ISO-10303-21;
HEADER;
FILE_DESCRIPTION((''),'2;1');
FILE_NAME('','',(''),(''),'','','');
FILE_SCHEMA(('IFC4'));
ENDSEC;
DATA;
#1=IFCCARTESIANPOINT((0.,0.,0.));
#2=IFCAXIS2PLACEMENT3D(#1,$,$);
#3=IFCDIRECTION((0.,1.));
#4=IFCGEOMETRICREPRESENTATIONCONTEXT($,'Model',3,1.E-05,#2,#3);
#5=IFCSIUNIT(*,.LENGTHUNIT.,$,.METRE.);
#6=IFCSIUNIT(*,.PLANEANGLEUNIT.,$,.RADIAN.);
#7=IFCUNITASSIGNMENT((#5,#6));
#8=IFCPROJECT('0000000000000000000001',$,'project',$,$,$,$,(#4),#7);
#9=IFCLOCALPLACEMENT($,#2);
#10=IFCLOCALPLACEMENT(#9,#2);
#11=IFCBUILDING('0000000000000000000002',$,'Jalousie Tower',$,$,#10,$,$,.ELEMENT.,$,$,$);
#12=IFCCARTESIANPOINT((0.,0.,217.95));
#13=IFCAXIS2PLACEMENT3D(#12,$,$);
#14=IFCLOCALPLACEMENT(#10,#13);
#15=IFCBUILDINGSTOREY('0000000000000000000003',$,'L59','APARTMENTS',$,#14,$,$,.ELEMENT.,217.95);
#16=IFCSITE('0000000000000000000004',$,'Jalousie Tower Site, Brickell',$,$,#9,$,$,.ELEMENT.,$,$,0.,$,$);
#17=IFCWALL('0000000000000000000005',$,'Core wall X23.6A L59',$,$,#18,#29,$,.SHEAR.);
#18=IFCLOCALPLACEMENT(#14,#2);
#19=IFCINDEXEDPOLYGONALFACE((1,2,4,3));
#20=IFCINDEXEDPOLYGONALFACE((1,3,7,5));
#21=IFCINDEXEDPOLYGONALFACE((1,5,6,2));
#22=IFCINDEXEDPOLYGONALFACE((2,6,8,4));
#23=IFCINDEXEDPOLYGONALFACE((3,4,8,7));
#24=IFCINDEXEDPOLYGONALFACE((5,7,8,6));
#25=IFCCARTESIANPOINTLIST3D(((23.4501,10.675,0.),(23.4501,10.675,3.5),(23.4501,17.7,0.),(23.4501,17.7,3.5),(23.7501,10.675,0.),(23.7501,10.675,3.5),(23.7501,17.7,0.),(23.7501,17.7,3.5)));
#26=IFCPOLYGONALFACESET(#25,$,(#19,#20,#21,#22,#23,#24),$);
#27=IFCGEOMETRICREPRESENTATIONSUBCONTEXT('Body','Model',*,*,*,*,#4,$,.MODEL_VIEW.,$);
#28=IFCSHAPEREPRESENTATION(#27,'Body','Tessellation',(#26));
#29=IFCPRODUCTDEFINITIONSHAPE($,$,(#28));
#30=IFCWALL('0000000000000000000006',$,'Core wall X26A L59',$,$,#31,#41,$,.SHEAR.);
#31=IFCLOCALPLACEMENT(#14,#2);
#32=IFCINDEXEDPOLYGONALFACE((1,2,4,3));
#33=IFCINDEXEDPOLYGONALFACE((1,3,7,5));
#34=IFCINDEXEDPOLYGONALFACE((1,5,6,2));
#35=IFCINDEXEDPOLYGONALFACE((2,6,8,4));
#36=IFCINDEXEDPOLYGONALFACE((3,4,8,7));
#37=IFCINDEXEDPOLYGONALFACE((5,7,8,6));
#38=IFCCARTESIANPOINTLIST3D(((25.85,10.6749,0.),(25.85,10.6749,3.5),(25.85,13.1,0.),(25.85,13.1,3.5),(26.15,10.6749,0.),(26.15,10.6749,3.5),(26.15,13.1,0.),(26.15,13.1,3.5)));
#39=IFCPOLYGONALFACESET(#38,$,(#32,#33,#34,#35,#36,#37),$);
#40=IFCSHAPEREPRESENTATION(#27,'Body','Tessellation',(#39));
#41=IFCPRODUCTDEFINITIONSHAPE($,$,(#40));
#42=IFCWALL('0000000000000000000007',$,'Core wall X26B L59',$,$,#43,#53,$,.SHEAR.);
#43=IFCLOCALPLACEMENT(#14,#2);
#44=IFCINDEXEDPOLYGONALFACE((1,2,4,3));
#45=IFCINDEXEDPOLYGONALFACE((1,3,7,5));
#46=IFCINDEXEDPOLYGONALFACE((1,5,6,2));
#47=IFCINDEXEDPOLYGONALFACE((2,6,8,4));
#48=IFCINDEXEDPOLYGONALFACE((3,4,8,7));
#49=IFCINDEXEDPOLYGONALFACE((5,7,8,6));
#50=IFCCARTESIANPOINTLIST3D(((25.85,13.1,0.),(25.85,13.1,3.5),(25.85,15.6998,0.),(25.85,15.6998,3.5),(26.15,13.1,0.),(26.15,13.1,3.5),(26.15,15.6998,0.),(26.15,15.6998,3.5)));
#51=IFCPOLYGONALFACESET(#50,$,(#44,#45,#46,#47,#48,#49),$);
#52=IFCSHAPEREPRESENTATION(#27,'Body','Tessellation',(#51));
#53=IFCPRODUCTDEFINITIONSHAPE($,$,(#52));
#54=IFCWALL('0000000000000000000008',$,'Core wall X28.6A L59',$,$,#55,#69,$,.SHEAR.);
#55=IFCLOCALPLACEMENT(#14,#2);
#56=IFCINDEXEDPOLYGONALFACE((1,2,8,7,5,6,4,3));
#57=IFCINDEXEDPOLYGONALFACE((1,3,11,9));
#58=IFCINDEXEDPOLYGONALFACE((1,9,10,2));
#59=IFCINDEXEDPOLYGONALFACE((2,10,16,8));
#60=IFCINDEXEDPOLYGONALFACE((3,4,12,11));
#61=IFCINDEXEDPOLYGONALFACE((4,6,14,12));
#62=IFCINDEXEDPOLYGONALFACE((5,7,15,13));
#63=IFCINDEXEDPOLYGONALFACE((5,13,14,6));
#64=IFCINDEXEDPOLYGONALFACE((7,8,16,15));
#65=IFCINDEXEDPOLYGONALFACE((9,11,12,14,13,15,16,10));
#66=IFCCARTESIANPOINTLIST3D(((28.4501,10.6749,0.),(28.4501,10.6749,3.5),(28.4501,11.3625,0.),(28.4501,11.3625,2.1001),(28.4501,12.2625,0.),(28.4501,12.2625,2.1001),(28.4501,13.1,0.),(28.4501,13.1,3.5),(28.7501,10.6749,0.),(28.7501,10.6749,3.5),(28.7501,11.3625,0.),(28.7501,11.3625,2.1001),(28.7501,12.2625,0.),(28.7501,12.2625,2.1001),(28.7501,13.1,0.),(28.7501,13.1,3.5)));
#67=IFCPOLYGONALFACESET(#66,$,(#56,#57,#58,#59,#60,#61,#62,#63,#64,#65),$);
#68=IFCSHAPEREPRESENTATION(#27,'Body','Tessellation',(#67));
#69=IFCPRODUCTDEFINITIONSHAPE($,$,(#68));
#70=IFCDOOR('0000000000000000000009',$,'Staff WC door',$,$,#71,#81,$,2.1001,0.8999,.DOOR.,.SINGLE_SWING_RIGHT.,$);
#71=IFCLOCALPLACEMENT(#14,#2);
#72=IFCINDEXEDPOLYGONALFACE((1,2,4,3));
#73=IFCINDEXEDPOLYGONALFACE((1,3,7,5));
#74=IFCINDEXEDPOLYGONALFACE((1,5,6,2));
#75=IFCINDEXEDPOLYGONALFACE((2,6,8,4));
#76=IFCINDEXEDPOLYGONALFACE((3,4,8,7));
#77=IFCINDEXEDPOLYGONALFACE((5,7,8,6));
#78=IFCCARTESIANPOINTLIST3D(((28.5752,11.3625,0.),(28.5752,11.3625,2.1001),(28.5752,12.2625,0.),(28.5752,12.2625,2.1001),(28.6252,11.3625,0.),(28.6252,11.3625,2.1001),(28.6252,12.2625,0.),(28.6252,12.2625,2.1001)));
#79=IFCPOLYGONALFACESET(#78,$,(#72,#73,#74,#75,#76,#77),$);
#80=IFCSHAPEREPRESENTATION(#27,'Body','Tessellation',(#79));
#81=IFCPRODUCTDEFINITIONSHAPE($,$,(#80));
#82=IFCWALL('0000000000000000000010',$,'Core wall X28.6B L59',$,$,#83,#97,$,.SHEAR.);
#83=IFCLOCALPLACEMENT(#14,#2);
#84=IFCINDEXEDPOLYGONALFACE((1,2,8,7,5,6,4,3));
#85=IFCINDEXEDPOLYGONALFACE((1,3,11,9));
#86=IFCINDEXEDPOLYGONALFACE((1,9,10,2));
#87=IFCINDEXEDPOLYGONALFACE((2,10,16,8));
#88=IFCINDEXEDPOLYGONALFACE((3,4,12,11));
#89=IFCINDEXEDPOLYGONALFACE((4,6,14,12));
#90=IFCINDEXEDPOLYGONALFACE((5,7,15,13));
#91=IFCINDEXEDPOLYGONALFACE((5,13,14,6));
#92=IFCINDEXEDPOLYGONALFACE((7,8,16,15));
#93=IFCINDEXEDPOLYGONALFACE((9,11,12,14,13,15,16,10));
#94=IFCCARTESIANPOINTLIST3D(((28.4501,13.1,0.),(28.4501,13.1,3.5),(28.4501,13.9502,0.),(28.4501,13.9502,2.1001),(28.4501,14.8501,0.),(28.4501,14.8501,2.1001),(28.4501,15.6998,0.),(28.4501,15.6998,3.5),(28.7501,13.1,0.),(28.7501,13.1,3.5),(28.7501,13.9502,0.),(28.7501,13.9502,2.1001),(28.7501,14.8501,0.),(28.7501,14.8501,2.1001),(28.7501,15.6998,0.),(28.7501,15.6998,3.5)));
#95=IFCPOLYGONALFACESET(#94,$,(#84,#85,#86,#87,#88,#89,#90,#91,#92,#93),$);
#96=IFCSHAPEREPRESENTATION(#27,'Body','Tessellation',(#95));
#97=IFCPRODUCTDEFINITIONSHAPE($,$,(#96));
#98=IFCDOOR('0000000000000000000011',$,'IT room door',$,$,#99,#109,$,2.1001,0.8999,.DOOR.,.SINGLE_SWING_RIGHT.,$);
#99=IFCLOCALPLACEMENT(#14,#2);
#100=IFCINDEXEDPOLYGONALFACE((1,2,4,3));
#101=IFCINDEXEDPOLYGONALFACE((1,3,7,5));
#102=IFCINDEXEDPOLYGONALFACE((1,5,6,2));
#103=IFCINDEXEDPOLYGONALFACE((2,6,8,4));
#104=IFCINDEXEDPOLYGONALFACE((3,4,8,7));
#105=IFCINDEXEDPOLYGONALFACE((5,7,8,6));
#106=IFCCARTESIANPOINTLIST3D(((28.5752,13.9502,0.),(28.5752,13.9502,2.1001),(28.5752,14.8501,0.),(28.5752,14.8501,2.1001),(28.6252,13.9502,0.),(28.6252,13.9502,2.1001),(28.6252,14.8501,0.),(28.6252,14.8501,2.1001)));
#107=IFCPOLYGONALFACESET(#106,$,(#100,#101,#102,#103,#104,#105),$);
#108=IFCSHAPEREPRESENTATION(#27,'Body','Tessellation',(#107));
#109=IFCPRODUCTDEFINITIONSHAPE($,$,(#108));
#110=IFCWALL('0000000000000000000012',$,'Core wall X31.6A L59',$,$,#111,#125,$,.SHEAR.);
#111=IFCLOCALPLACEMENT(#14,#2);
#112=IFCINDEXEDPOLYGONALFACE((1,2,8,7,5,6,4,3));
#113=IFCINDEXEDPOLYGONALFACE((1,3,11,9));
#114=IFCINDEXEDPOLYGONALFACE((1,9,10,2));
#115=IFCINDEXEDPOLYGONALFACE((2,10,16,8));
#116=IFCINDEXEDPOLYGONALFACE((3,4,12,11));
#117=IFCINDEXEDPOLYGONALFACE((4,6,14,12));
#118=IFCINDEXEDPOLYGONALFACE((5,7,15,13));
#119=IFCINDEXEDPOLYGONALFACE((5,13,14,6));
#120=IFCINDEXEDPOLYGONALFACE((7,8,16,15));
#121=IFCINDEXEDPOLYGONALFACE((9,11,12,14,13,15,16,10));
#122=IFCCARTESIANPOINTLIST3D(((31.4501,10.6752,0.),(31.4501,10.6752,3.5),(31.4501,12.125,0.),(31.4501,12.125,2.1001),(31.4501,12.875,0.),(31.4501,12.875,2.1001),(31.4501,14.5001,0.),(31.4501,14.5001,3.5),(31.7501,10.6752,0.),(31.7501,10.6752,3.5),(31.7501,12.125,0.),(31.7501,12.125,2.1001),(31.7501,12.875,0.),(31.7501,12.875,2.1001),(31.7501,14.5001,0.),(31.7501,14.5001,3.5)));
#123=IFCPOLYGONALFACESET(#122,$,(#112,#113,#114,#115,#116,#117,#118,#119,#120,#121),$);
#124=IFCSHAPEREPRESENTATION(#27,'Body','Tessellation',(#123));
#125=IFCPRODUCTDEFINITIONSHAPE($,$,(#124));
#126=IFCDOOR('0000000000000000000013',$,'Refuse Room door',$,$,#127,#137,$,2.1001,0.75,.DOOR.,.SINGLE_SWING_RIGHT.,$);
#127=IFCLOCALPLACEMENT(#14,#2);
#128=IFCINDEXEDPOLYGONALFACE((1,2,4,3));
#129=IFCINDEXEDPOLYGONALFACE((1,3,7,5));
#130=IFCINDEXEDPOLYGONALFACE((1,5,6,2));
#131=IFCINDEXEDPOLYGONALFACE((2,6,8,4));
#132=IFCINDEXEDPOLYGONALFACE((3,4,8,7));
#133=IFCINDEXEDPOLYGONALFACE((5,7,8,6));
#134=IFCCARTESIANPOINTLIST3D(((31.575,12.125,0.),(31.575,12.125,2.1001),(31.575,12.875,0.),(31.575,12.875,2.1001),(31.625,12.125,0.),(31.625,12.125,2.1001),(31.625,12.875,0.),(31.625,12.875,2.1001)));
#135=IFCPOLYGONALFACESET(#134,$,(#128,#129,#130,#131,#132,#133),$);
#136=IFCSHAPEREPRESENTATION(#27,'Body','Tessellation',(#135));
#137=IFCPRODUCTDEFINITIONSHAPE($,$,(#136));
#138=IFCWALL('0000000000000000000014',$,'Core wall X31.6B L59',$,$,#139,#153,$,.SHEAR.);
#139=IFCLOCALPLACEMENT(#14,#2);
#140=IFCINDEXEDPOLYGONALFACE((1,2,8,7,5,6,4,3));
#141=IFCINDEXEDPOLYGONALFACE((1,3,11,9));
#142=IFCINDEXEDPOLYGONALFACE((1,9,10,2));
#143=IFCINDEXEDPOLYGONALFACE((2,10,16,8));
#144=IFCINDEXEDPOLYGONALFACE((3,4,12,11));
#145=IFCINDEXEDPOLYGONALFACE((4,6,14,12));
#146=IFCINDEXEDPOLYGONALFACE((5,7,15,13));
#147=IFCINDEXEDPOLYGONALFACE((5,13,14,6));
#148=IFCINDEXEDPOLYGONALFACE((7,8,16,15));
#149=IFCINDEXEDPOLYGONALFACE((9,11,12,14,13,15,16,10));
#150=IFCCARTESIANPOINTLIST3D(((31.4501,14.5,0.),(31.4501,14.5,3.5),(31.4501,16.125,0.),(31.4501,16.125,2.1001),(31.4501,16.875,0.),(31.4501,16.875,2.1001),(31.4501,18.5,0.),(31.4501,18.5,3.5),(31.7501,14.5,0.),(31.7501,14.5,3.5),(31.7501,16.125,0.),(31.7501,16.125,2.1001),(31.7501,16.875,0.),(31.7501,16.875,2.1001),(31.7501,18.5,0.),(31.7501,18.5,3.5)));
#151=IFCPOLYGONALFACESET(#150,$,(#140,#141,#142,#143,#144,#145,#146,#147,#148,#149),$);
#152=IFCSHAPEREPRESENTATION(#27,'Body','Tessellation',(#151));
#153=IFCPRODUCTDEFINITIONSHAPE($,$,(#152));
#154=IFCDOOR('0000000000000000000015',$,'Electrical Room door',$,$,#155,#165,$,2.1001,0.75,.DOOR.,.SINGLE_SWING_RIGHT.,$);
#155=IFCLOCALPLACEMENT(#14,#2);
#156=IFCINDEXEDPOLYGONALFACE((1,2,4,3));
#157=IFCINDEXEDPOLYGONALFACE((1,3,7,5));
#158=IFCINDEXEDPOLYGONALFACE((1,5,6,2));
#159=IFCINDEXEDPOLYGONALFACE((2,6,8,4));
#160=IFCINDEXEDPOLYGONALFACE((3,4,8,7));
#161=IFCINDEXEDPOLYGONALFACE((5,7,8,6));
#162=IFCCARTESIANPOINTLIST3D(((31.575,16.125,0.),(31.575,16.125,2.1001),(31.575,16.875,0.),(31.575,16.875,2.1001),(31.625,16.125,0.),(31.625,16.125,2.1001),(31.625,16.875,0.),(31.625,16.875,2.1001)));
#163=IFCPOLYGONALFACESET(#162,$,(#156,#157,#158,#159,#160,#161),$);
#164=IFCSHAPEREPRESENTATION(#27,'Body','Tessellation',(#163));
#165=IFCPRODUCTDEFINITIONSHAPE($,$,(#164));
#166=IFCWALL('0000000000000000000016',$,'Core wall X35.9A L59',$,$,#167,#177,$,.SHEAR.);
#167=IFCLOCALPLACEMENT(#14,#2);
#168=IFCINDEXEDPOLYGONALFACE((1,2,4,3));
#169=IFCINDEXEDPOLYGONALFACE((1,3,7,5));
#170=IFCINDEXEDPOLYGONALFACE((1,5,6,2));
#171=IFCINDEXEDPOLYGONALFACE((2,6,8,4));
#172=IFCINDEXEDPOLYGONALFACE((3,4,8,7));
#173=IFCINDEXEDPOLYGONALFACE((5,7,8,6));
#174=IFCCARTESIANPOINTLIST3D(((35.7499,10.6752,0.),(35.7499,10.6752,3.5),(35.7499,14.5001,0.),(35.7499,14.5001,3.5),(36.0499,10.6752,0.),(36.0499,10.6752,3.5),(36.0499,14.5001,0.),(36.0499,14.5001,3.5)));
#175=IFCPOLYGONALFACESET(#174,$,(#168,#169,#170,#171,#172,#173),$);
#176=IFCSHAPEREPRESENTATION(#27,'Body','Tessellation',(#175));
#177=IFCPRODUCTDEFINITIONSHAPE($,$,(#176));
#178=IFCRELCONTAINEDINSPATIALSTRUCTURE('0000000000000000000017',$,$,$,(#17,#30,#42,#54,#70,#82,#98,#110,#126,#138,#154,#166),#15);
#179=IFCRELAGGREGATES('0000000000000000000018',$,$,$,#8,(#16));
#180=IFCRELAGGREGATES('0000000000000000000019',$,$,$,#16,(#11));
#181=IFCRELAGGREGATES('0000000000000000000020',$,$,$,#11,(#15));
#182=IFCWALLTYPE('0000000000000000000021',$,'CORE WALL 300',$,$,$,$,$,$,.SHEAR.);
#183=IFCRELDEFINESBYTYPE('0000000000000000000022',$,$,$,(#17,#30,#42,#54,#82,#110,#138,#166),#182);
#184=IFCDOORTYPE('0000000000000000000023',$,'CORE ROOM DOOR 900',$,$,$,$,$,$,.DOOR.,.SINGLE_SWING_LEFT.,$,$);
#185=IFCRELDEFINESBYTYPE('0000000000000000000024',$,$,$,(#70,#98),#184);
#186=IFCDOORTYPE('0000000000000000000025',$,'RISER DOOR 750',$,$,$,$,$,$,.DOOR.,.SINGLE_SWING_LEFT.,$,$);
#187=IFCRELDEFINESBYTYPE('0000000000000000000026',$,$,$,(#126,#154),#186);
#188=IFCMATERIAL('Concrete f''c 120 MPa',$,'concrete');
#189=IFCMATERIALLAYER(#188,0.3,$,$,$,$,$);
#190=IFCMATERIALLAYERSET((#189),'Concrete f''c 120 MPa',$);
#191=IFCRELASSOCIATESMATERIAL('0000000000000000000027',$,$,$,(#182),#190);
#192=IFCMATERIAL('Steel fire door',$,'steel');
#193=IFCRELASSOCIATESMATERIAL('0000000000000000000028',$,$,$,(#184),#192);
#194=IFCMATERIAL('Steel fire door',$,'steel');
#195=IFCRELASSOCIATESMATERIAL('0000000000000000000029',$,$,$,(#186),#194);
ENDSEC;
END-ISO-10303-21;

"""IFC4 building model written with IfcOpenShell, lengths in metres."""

from ifc_helpers import new_model, si_unit, direction, frame, frame_2d, origin, place, context, subcontext, project, spatial, rectangle, extrude, material, layer, layer_set, type_object, element, fill, save


model = new_model("IFC4")

# Units and contexts
model_context = context("Model", 3, precision=1e-05, world=origin(), true_north=direction((0.0, 1.0)))
body_context = subcontext(model_context, "Body", "Model", "MODEL_VIEW")
ifc_project = project(units=[si_unit("LENGTHUNIT", "METRE"), si_unit("PLANEANGLEUNIT", "RADIAN")], contexts=[model_context])

# Site, building, storey
site_placement = place(None, origin())
site = spatial("IfcSite", under=ifc_project, at=site_placement, Name="Jalousie Tower Site, Brickell", CompositionType="ELEMENT", RefElevation=0.0)
building_placement = place(site_placement, origin())
building = spatial("IfcBuilding", under=site, at=building_placement, Name="Jalousie Tower", CompositionType="ELEMENT")
storey_placement = place(building_placement, frame((0.0, 0.0, 217.95)))
storey = spatial("IfcBuildingStorey", under=building, at=storey_placement, Name="L59", Description="APARTMENTS", CompositionType="ELEMENT", Elevation=217.95)

# Walls
ifc_material_1 = material(Name="Concrete f'c 120 MPa", Category="concrete")
ifc_layer = layer(ifc_material_1, 0.3)
ifc_layer_set = layer_set([ifc_layer], Name="Concrete f'c 120 MPa")
wall_type = type_object("IfcWallType", Name="CORE WALL 300", PredefinedType="SHEAR", material=ifc_layer_set)
wall_1_placement = place(storey_placement, frame((23.6001, 10.675, 0.0), z_axis=(0.0, 0.0, 1.0), x_axis=(0.0, 1.0, 0.0)))
element("IfcWall", 1, at=wall_1_placement, inside=storey, type_object=wall_type, Name="Core wall X23.6A L59", PredefinedType="SHEAR", context=body_context, shape_type="SweptSolid", body=[
    extrude(rectangle(XDim=7.0249, YDim=0.3, at=frame_2d((3.5125, 0.0))), origin(), (0.0, 0.0, 1.0), 3.5),
])
wall_2_placement = place(storey_placement, frame((26.0, 10.675, 0.0), z_axis=(0.0, 0.0, 1.0), x_axis=(0.0, 1.0, 0.0)))
element("IfcWall", 2, at=wall_2_placement, inside=storey, type_object=wall_type, Name="Core wall X26A L59", PredefinedType="SHEAR", context=body_context, shape_type="SweptSolid", body=[
    extrude(rectangle(XDim=2.425, YDim=0.3, at=frame_2d((1.2124, 0.0))), origin(), (0.0, 0.0, 1.0), 3.5),
])
wall_3_placement = place(storey_placement, frame((26.0, 13.1001, 0.0), z_axis=(0.0, 0.0, 1.0), x_axis=(0.0, 1.0, 0.0)))
element("IfcWall", 3, at=wall_3_placement, inside=storey, type_object=wall_type, Name="Core wall X26B L59", PredefinedType="SHEAR", context=body_context, shape_type="SweptSolid", body=[
    extrude(rectangle(XDim=2.5999, YDim=0.3, at=frame_2d((1.2998, 0.0))), origin(), (0.0, 0.0, 1.0), 3.5),
])

# Walls, openings, doors
wall_4_placement = place(storey_placement, frame((28.6001, 10.675, 0.0), z_axis=(0.0, 0.0, 1.0), x_axis=(0.0, 1.0, 0.0)))
wall_4 = element("IfcWall", 4, at=wall_4_placement, inside=storey, type_object=wall_type, Name="Core wall X28.6A L59", PredefinedType="SHEAR", context=body_context, shape_type="SweptSolid", body=[
    extrude(rectangle(XDim=2.425, YDim=0.3, at=frame_2d((1.2124, 0.0))), origin(), (0.0, 0.0, 1.0), 3.5),
])
opening_1_placement = place(wall_4_placement, frame((0.6875, 0.0, 0.0)))
opening_1 = element("IfcOpeningElement", 5, at=opening_1_placement, cuts=wall_4, PredefinedType="OPENING", context=body_context, shape_type="SweptSolid", body=[
    extrude(rectangle(XDim=0.8999, YDim=2.1001, at=frame_2d((0.45, 1.05))), frame((0.0, 0.1599, 0.0), z_axis=(0.0, -1.0, 0.0), x_axis=(1.0, 0.0, 0.0)), (0.0, 0.0, 1.0), 0.3201),
])
ifc_material_2 = material(Name="Steel fire door", Category="steel")
door_type_1 = type_object("IfcDoorType", Name="CORE ROOM DOOR 900", OperationType="SINGLE_SWING_LEFT", PredefinedType="DOOR", material=ifc_material_2)
door_1_placement = place(opening_1_placement, origin())
door_1 = element("IfcDoor", 6, at=door_1_placement, inside=storey, type_object=door_type_1, Name="Staff WC door", OperationType="SINGLE_SWING_RIGHT", OverallHeight=2.1001, OverallWidth=0.8999, PredefinedType="DOOR", context=body_context, shape_type="SweptSolid", body=[
    extrude(rectangle(XDim=0.8999, YDim=2.1001, at=frame_2d((0.45, 1.05))), frame((0.0, 0.0249, 0.0), z_axis=(0.0, -1.0, 0.0), x_axis=(1.0, 0.0, 0.0)), (0.0, 0.0, 1.0), 0.05),
])
fill(opening_1, door_1)
wall_5_placement = place(storey_placement, frame((28.6001, 13.1001, 0.0), z_axis=(0.0, 0.0, 1.0), x_axis=(0.0, 1.0, 0.0)))
wall_5 = element("IfcWall", 7, at=wall_5_placement, inside=storey, type_object=wall_type, Name="Core wall X28.6B L59", PredefinedType="SHEAR", context=body_context, shape_type="SweptSolid", body=[
    extrude(rectangle(XDim=2.5999, YDim=0.3, at=frame_2d((1.2998, 0.0))), origin(), (0.0, 0.0, 1.0), 3.5),
])
opening_2_placement = place(wall_5_placement, frame((0.8501, 0.0, 0.0)))
opening_2 = element("IfcOpeningElement", 8, at=opening_2_placement, cuts=wall_5, PredefinedType="OPENING", context=body_context, shape_type="SweptSolid", body=[
    extrude(rectangle(XDim=0.8999, YDim=2.1001, at=frame_2d((0.45, 1.05))), frame((0.0, 0.1599, 0.0), z_axis=(0.0, -1.0, 0.0), x_axis=(1.0, 0.0, 0.0)), (0.0, 0.0, 1.0), 0.3201),
])
door_2_placement = place(opening_2_placement, origin())
door_2 = element("IfcDoor", 9, at=door_2_placement, inside=storey, type_object=door_type_1, Name="IT room door", OperationType="SINGLE_SWING_RIGHT", OverallHeight=2.1001, OverallWidth=0.8999, PredefinedType="DOOR", context=body_context, shape_type="SweptSolid", body=[
    extrude(rectangle(XDim=0.8999, YDim=2.1001, at=frame_2d((0.45, 1.05))), frame((0.0, 0.0249, 0.0), z_axis=(0.0, -1.0, 0.0), x_axis=(1.0, 0.0, 0.0)), (0.0, 0.0, 1.0), 0.05),
])
fill(opening_2, door_2)
wall_6_placement = place(storey_placement, frame((31.6001, 10.675, 0.0), z_axis=(0.0, 0.0, 1.0), x_axis=(0.0, 1.0, 0.0)))
wall_6 = element("IfcWall", 10, at=wall_6_placement, inside=storey, type_object=wall_type, Name="Core wall X31.6A L59", PredefinedType="SHEAR", context=body_context, shape_type="SweptSolid", body=[
    extrude(rectangle(XDim=3.825, YDim=0.3, at=frame_2d((1.9126, 0.0))), origin(), (0.0, 0.0, 1.0), 3.5),
])
opening_3_placement = place(wall_6_placement, frame((1.45, 0.0, 0.0)))
opening_3 = element("IfcOpeningElement", 11, at=opening_3_placement, cuts=wall_6, PredefinedType="OPENING", context=body_context, shape_type="SweptSolid", body=[
    extrude(rectangle(XDim=0.75, YDim=2.1001, at=frame_2d((0.375, 1.05))), frame((0.0, 0.1599, 0.0), z_axis=(0.0, -1.0, 0.0), x_axis=(1.0, 0.0, 0.0)), (0.0, 0.0, 1.0), 0.3201),
])
ifc_material_3 = material(Name="Steel fire door", Category="steel")
door_type_2 = type_object("IfcDoorType", Name="RISER DOOR 750", OperationType="SINGLE_SWING_LEFT", PredefinedType="DOOR", material=ifc_material_3)
door_3_placement = place(opening_3_placement, frame((0.75, 0.0, 0.0), z_axis=(0.0, 0.0, 1.0), x_axis=(-1.0, 0.0, 0.0)))
door_3 = element("IfcDoor", 12, at=door_3_placement, inside=storey, type_object=door_type_2, Name="Refuse Room door", OperationType="SINGLE_SWING_RIGHT", OverallHeight=2.1001, OverallWidth=0.75, PredefinedType="DOOR", context=body_context, shape_type="SweptSolid", body=[
    extrude(rectangle(XDim=0.75, YDim=2.1001, at=frame_2d((0.375, 1.05))), frame((0.0, 0.0249, 0.0), z_axis=(0.0, -1.0, 0.0), x_axis=(1.0, 0.0, 0.0)), (0.0, 0.0, 1.0), 0.05),
])
fill(opening_3, door_3)
wall_7_placement = place(storey_placement, frame((31.6001, 14.5, 0.0), z_axis=(0.0, 0.0, 1.0), x_axis=(0.0, 1.0, 0.0)))
wall_7 = element("IfcWall", 13, at=wall_7_placement, inside=storey, type_object=wall_type, Name="Core wall X31.6B L59", PredefinedType="SHEAR", context=body_context, shape_type="SweptSolid", body=[
    extrude(rectangle(XDim=4.0, YDim=0.3, at=frame_2d((2.0, 0.0))), origin(), (0.0, 0.0, 1.0), 3.5),
])
opening_4_placement = place(wall_7_placement, frame((1.625, 0.0, 0.0)))
opening_4 = element("IfcOpeningElement", 14, at=opening_4_placement, cuts=wall_7, PredefinedType="OPENING", context=body_context, shape_type="SweptSolid", body=[
    extrude(rectangle(XDim=0.75, YDim=2.1001, at=frame_2d((0.375, 1.05))), frame((0.0, 0.1599, 0.0), z_axis=(0.0, -1.0, 0.0), x_axis=(1.0, 0.0, 0.0)), (0.0, 0.0, 1.0), 0.3201),
])
door_4_placement = place(opening_4_placement, frame((0.75, 0.0, 0.0), z_axis=(0.0, 0.0, 1.0), x_axis=(-1.0, 0.0, 0.0)))
door_4 = element("IfcDoor", 15, at=door_4_placement, inside=storey, type_object=door_type_2, Name="Electrical Room door", OperationType="SINGLE_SWING_RIGHT", OverallHeight=2.1001, OverallWidth=0.75, PredefinedType="DOOR", context=body_context, shape_type="SweptSolid", body=[
    extrude(rectangle(XDim=0.75, YDim=2.1001, at=frame_2d((0.375, 1.05))), frame((0.0, 0.0249, 0.0), z_axis=(0.0, -1.0, 0.0), x_axis=(1.0, 0.0, 0.0)), (0.0, 0.0, 1.0), 0.05),
])
fill(opening_4, door_4)

# Wall
wall_8_placement = place(storey_placement, frame((35.8999, 10.675, 0.0), z_axis=(0.0, 0.0, 1.0), x_axis=(0.0, 1.0, 0.0)))
element("IfcWall", 16, at=wall_8_placement, inside=storey, type_object=wall_type, Name="Core wall X35.9A L59", PredefinedType="SHEAR", context=body_context, shape_type="SweptSolid", body=[
    extrude(rectangle(XDim=3.825, YDim=0.3, at=frame_2d((1.9126, 0.0))), origin(), (0.0, 0.0, 1.0), 3.5),
])

save(model, "model.ifc")
